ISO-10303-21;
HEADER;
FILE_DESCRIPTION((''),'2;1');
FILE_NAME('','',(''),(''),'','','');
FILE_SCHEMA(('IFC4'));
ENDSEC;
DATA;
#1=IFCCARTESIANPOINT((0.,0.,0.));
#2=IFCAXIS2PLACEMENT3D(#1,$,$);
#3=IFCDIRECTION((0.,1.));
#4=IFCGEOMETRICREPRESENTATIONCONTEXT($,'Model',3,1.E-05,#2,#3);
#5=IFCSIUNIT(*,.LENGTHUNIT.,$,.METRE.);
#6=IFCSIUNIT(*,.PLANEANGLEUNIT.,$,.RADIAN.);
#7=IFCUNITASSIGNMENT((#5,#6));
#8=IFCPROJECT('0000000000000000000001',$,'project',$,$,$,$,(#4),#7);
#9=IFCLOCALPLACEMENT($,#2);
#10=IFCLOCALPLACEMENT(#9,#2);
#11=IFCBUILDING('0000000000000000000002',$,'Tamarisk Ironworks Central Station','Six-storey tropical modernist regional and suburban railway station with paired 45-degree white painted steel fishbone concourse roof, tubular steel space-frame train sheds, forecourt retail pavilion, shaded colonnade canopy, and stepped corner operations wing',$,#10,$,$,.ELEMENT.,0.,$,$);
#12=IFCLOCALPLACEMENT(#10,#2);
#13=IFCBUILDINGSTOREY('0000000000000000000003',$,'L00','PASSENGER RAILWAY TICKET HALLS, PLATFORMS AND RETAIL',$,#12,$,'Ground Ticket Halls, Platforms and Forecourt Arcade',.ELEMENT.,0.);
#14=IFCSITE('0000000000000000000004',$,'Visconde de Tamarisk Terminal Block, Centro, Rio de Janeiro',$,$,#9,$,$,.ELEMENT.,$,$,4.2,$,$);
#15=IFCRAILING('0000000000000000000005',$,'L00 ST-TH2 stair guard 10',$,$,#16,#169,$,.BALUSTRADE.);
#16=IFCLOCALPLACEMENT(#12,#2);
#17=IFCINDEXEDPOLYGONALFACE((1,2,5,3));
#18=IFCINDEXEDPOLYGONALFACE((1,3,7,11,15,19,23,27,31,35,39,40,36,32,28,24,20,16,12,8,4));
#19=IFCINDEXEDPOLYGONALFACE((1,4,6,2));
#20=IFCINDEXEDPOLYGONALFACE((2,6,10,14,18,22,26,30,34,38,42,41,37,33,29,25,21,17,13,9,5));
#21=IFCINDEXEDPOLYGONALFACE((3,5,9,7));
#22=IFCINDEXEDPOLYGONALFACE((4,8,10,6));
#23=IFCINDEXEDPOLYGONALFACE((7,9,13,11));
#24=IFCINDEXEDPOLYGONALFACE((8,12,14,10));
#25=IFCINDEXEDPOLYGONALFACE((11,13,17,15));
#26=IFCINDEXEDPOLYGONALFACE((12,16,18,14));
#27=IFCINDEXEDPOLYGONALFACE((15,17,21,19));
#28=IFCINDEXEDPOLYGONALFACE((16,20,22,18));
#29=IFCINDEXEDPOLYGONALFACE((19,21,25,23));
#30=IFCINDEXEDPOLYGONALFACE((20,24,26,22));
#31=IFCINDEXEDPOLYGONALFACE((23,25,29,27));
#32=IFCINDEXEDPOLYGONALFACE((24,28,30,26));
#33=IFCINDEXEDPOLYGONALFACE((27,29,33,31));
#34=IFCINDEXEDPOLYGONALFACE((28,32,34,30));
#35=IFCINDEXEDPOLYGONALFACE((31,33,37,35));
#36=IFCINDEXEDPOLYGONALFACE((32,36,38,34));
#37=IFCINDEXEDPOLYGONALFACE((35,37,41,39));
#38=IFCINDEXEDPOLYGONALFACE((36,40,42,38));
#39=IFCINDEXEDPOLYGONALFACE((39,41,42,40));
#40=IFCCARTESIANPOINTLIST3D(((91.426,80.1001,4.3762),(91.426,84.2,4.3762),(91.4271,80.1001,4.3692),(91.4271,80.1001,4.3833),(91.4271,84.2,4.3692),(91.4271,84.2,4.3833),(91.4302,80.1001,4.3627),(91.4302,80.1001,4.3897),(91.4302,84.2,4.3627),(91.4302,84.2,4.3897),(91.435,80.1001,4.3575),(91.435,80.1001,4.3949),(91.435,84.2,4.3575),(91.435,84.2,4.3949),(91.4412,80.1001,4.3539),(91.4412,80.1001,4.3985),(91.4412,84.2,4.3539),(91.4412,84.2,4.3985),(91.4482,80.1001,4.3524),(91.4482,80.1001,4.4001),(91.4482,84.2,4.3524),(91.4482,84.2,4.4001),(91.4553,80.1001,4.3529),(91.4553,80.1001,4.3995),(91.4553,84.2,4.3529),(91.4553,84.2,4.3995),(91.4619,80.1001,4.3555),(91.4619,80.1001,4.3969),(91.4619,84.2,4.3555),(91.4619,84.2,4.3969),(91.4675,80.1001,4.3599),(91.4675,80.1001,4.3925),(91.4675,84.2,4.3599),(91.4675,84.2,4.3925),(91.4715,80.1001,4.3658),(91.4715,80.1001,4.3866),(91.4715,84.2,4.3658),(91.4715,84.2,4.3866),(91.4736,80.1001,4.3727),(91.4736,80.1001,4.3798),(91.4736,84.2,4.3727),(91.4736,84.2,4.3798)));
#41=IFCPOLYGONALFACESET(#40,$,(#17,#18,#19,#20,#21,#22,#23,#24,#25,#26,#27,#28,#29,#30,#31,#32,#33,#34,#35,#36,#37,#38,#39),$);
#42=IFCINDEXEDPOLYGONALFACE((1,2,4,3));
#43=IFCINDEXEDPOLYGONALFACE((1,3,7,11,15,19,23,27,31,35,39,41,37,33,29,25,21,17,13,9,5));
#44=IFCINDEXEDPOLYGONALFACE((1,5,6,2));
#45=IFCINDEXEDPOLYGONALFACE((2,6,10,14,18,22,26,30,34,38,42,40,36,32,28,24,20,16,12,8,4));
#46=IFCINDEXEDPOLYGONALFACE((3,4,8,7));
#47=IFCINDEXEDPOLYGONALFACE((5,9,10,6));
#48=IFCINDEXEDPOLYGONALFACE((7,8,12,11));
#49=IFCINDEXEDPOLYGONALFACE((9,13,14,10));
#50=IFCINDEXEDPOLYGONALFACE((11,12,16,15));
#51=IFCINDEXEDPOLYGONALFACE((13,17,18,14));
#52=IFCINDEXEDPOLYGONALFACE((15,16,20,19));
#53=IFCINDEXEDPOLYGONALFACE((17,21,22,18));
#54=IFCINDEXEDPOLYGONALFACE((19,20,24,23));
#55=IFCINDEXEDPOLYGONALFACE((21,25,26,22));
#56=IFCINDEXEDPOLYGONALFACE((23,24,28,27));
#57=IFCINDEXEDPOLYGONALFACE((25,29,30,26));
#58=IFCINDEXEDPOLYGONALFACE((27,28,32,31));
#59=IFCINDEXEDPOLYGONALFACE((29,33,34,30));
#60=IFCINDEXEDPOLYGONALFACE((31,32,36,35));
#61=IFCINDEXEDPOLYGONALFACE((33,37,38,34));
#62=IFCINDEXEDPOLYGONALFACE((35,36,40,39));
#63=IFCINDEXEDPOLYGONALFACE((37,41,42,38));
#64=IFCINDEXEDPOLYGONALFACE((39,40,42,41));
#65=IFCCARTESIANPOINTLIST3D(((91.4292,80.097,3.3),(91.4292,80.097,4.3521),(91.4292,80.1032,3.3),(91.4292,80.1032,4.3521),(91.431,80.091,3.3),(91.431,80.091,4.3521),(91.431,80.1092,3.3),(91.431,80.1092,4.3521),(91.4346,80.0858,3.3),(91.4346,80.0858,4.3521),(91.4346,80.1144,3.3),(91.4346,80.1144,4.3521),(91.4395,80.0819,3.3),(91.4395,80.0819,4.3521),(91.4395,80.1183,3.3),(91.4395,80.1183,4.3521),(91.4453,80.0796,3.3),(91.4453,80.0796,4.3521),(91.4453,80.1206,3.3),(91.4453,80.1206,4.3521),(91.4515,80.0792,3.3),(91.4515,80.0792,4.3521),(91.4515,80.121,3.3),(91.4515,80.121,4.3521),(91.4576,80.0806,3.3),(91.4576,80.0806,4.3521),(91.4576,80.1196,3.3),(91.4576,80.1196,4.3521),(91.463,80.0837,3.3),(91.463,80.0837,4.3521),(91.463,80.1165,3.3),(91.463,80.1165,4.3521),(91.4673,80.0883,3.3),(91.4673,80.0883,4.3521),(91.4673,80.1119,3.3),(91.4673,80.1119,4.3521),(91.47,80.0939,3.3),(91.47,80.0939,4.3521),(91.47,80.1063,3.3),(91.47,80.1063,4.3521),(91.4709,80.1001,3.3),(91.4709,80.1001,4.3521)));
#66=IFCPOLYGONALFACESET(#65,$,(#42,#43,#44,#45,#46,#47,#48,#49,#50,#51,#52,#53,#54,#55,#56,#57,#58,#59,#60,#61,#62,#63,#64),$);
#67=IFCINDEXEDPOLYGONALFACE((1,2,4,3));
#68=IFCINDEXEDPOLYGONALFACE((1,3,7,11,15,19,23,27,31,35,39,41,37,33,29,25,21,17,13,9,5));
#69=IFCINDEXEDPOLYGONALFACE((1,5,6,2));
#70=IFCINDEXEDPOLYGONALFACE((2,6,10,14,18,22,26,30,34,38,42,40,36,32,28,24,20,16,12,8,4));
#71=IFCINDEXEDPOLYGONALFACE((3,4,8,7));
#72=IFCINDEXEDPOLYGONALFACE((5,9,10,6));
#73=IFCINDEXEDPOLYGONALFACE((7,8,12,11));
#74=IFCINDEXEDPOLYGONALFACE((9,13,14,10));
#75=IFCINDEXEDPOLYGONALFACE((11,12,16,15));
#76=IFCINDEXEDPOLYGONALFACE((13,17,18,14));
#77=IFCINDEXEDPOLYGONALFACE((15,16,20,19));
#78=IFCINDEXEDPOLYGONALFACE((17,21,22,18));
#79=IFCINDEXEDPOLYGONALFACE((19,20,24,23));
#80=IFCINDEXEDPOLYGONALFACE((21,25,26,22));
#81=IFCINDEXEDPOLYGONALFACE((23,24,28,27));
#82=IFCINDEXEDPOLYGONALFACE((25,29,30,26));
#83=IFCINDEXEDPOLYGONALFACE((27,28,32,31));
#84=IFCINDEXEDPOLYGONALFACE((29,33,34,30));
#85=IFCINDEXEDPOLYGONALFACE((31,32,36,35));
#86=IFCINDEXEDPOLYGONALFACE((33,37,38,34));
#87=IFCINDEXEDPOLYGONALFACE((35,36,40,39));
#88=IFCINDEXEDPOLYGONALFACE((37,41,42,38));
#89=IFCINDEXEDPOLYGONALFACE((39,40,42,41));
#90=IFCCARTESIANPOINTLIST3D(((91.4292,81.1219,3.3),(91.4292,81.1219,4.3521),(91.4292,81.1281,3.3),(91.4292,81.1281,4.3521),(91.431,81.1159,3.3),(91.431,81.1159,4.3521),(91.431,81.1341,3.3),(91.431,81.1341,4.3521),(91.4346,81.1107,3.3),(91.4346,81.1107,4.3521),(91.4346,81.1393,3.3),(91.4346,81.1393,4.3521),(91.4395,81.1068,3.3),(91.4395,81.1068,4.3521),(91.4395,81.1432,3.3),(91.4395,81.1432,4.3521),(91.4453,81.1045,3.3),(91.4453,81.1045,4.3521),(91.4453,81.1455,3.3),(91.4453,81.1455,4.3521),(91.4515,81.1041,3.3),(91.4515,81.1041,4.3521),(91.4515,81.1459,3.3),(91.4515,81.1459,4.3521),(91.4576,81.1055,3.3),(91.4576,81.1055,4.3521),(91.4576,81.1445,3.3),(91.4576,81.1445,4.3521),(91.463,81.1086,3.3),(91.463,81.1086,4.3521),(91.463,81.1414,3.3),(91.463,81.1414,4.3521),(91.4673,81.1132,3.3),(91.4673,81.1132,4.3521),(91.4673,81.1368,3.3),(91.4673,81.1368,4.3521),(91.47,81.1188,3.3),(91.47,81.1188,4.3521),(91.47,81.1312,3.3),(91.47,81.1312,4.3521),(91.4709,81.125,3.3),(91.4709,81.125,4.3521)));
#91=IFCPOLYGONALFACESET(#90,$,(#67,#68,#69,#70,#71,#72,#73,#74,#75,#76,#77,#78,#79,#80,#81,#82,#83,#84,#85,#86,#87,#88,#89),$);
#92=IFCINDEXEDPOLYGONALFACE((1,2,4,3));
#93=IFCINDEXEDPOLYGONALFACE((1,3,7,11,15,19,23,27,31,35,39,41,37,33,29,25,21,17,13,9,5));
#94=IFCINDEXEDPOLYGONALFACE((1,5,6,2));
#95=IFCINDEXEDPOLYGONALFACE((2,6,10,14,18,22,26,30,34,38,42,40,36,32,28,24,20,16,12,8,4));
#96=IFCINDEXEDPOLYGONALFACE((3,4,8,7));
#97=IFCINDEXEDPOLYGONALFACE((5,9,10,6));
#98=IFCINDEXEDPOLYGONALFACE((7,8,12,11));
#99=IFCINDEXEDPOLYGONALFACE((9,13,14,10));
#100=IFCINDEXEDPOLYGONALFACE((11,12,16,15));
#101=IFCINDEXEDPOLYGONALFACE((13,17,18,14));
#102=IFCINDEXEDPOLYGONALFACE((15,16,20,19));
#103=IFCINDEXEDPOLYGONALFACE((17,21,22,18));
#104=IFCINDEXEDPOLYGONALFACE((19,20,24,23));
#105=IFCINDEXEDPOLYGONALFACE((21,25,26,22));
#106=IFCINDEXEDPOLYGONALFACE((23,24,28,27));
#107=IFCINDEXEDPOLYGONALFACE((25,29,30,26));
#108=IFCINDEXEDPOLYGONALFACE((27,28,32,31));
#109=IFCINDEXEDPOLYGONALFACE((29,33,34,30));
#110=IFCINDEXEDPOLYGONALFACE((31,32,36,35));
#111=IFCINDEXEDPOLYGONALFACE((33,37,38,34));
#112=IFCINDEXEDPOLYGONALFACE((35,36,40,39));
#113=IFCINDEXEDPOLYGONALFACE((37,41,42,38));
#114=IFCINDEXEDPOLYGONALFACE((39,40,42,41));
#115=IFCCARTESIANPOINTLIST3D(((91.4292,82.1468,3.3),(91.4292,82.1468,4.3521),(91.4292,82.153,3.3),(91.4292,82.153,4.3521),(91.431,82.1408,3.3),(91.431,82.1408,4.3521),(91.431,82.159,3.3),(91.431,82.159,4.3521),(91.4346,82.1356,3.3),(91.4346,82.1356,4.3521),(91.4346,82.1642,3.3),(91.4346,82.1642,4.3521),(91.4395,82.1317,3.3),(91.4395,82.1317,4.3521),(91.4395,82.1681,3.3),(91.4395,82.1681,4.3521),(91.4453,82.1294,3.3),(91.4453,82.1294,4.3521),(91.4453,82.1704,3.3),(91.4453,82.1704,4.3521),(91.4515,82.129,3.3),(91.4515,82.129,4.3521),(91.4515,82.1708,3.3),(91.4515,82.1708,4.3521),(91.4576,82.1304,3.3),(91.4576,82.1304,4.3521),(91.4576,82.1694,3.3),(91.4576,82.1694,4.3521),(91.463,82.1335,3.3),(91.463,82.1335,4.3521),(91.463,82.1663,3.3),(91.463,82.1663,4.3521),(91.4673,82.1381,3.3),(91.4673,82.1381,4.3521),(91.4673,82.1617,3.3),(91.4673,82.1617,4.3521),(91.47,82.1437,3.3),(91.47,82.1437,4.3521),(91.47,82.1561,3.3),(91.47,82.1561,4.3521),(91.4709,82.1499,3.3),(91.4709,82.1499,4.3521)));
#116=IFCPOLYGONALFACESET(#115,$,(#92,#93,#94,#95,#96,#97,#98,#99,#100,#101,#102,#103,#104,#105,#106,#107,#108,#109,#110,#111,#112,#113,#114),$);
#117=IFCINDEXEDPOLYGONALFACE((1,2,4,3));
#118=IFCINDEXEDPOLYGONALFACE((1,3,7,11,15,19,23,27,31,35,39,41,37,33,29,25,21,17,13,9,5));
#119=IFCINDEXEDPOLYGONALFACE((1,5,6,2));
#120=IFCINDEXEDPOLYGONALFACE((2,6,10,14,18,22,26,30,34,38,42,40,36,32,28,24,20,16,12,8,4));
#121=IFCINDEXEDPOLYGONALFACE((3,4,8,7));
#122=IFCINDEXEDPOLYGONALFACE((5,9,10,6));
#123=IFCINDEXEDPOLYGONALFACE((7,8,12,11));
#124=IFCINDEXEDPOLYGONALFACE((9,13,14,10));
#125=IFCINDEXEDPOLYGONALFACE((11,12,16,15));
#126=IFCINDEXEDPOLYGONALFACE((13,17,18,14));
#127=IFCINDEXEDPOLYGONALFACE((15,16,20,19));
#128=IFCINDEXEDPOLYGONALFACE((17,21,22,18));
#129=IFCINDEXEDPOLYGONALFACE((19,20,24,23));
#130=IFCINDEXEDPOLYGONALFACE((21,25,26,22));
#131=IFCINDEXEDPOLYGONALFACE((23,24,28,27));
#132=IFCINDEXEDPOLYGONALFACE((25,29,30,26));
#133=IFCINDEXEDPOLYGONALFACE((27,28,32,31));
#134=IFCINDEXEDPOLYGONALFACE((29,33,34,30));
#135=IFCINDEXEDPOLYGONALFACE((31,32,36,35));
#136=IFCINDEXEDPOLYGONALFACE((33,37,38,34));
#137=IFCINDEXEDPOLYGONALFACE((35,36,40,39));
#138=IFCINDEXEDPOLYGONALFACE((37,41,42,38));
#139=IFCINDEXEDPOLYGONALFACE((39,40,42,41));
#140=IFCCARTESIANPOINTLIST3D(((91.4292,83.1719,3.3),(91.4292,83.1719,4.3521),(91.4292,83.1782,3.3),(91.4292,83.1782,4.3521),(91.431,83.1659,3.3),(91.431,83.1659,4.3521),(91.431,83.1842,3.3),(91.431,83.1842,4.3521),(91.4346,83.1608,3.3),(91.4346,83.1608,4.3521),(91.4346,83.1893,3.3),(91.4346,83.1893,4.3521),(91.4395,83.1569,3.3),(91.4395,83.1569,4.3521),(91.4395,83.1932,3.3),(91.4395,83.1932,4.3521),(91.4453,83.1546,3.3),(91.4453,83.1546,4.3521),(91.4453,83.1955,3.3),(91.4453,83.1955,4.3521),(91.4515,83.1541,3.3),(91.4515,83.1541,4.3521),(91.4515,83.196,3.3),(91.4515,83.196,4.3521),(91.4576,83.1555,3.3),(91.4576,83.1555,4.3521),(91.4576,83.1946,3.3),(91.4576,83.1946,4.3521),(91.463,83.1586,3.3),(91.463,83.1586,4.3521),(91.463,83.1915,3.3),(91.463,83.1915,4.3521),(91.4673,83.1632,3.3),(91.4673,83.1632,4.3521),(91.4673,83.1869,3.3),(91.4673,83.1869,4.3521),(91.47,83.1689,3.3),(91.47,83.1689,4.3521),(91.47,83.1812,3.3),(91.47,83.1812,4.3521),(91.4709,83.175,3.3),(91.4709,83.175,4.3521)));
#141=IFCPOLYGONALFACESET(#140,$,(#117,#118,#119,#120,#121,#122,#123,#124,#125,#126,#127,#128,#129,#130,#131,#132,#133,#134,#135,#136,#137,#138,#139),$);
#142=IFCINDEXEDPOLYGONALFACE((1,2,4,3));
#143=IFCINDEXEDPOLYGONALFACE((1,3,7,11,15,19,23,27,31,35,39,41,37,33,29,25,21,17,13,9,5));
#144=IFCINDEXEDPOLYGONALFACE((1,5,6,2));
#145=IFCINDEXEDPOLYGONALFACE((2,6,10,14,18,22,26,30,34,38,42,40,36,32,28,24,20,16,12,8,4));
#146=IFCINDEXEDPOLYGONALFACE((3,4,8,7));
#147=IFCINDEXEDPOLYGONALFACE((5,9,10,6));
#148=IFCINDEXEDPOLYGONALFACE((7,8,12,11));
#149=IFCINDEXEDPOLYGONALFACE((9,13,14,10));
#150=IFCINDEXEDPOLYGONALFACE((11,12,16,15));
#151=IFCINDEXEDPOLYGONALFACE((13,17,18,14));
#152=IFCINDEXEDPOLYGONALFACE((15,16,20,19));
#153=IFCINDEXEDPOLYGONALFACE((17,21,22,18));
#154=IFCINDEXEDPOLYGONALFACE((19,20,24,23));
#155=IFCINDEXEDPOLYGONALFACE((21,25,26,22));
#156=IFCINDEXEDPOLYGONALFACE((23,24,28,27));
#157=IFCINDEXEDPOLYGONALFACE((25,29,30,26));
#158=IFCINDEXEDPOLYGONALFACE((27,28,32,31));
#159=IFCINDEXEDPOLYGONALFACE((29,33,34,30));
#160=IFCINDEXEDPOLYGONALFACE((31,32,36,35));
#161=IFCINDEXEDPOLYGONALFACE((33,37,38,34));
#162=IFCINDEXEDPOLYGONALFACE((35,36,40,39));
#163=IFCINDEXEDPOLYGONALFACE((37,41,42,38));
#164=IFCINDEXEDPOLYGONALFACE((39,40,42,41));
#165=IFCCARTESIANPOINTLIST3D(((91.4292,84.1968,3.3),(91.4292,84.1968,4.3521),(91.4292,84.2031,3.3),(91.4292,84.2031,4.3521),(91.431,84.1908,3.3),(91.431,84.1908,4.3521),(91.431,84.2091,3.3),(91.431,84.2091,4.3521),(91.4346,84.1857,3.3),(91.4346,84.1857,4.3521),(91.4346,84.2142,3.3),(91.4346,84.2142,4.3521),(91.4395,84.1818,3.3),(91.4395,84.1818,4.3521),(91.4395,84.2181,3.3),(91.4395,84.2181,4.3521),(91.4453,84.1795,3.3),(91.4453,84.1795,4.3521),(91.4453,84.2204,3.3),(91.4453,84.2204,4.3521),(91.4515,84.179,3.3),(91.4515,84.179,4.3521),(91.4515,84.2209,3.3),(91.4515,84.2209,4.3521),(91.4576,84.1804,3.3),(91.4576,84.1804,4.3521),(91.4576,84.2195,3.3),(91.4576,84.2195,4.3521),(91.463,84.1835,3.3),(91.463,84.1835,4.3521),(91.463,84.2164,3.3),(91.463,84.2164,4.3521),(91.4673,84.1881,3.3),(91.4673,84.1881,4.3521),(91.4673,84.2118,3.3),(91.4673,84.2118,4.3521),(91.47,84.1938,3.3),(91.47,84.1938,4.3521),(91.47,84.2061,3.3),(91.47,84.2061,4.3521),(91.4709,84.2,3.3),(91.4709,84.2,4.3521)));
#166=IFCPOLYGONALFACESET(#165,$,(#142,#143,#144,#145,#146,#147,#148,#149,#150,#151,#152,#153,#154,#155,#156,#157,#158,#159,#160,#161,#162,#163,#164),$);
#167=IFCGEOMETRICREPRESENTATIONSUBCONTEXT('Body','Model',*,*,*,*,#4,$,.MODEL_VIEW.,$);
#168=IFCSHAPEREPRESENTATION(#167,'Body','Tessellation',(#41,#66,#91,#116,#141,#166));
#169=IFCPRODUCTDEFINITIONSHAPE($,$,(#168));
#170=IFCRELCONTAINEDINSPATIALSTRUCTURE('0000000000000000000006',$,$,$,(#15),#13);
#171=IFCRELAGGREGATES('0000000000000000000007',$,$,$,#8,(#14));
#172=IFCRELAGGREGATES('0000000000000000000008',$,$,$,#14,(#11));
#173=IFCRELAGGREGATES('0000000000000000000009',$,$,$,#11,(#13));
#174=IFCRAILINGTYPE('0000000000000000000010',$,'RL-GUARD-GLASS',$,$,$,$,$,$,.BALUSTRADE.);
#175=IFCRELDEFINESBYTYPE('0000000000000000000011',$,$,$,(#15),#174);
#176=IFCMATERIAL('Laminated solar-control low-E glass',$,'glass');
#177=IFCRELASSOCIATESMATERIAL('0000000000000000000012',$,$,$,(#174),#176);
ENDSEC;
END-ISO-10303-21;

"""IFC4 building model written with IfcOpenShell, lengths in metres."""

from ifc_helpers import new_model, si_unit, direction, frame, origin, origin_2d, place, context, subcontext, project, spatial, circle, extrude, material, type_object, element, save


model = new_model("IFC4")

# Units and contexts
model_context = context("Model", 3, precision=1e-05, world=origin(), true_north=direction((0.0, 1.0)))
body_context = subcontext(model_context, "Body", "Model", "MODEL_VIEW")
ifc_project = project(units=[si_unit("LENGTHUNIT", "METRE"), si_unit("PLANEANGLEUNIT", "RADIAN")], contexts=[model_context])

# Site, building, storey
site_placement = place(None, origin())
site = spatial("IfcSite", under=ifc_project, at=site_placement, Name="Visconde de Tamarisk Terminal Block, Centro, Rio de Janeiro", CompositionType="ELEMENT", RefElevation=4.2)
building_placement = place(site_placement, origin())
building = spatial("IfcBuilding", under=site, at=building_placement, Name="Tamarisk Ironworks Central Station", Description="Six-storey tropical modernist regional and suburban railway station with paired 45-degree white painted steel fishbone concourse roof, tubular steel space-frame train sheds, forecourt retail pavilion, shaded colonnade canopy, and stepped corner operations wing", CompositionType="ELEMENT", ElevationOfRefHeight=0.0)
storey_placement = place(building_placement, origin())
storey = spatial("IfcBuildingStorey", under=building, at=storey_placement, Name="L00", Description="PASSENGER RAILWAY TICKET HALLS, PLATFORMS AND RETAIL", LongName="Ground Ticket Halls, Platforms and Forecourt Arcade", CompositionType="ELEMENT", Elevation=0.0)

# Railing
ifc_material_1 = material(Name="Laminated solar-control low-E glass", Category="glass")
railing_type_1 = type_object("IfcRailingType", Name="RL-GUARD-GLASS", PredefinedType="BALUSTRADE", material=ifc_material_1)
railing_1_placement = place(storey_placement, frame((91.45, 80.1001, 3.3)))
element("IfcRailing", 1, at=railing_1_placement, inside=storey, type_object=railing_type_1, Name="L00 ST-TH2 stair guard 10", PredefinedType="BALUSTRADE", context=body_context, shape_type="SweptSolid", body=[
    extrude(circle(Radius=0.0239, at=origin_2d()), frame((0.0, 0.0, 1.0762), z_axis=(0.0, 1.0, 0.0), x_axis=(-1.0, 0.0, 0.0)), (0.0, 0.0, 1.0), 4.0999),
    extrude(circle(Radius=0.021, at=origin_2d()), origin(), (0.0, 0.0, 1.0), 1.052),
    extrude(circle(Radius=0.021, at=origin_2d()), frame((0.0, 1.0249, 0.0)), (0.0, 0.0, 1.0), 1.052),
    extrude(circle(Radius=0.021, at=origin_2d()), frame((0.0, 2.0498, 0.0)), (0.0, 0.0, 1.0), 1.052),
    extrude(circle(Radius=0.021, at=origin_2d()), frame((0.0, 3.075, 0.0)), (0.0, 0.0, 1.0), 1.052),
    extrude(circle(Radius=0.021, at=origin_2d()), frame((0.0, 4.0999, 0.0)), (0.0, 0.0, 1.0), 1.052),
])

save(model, "model.ifc")
